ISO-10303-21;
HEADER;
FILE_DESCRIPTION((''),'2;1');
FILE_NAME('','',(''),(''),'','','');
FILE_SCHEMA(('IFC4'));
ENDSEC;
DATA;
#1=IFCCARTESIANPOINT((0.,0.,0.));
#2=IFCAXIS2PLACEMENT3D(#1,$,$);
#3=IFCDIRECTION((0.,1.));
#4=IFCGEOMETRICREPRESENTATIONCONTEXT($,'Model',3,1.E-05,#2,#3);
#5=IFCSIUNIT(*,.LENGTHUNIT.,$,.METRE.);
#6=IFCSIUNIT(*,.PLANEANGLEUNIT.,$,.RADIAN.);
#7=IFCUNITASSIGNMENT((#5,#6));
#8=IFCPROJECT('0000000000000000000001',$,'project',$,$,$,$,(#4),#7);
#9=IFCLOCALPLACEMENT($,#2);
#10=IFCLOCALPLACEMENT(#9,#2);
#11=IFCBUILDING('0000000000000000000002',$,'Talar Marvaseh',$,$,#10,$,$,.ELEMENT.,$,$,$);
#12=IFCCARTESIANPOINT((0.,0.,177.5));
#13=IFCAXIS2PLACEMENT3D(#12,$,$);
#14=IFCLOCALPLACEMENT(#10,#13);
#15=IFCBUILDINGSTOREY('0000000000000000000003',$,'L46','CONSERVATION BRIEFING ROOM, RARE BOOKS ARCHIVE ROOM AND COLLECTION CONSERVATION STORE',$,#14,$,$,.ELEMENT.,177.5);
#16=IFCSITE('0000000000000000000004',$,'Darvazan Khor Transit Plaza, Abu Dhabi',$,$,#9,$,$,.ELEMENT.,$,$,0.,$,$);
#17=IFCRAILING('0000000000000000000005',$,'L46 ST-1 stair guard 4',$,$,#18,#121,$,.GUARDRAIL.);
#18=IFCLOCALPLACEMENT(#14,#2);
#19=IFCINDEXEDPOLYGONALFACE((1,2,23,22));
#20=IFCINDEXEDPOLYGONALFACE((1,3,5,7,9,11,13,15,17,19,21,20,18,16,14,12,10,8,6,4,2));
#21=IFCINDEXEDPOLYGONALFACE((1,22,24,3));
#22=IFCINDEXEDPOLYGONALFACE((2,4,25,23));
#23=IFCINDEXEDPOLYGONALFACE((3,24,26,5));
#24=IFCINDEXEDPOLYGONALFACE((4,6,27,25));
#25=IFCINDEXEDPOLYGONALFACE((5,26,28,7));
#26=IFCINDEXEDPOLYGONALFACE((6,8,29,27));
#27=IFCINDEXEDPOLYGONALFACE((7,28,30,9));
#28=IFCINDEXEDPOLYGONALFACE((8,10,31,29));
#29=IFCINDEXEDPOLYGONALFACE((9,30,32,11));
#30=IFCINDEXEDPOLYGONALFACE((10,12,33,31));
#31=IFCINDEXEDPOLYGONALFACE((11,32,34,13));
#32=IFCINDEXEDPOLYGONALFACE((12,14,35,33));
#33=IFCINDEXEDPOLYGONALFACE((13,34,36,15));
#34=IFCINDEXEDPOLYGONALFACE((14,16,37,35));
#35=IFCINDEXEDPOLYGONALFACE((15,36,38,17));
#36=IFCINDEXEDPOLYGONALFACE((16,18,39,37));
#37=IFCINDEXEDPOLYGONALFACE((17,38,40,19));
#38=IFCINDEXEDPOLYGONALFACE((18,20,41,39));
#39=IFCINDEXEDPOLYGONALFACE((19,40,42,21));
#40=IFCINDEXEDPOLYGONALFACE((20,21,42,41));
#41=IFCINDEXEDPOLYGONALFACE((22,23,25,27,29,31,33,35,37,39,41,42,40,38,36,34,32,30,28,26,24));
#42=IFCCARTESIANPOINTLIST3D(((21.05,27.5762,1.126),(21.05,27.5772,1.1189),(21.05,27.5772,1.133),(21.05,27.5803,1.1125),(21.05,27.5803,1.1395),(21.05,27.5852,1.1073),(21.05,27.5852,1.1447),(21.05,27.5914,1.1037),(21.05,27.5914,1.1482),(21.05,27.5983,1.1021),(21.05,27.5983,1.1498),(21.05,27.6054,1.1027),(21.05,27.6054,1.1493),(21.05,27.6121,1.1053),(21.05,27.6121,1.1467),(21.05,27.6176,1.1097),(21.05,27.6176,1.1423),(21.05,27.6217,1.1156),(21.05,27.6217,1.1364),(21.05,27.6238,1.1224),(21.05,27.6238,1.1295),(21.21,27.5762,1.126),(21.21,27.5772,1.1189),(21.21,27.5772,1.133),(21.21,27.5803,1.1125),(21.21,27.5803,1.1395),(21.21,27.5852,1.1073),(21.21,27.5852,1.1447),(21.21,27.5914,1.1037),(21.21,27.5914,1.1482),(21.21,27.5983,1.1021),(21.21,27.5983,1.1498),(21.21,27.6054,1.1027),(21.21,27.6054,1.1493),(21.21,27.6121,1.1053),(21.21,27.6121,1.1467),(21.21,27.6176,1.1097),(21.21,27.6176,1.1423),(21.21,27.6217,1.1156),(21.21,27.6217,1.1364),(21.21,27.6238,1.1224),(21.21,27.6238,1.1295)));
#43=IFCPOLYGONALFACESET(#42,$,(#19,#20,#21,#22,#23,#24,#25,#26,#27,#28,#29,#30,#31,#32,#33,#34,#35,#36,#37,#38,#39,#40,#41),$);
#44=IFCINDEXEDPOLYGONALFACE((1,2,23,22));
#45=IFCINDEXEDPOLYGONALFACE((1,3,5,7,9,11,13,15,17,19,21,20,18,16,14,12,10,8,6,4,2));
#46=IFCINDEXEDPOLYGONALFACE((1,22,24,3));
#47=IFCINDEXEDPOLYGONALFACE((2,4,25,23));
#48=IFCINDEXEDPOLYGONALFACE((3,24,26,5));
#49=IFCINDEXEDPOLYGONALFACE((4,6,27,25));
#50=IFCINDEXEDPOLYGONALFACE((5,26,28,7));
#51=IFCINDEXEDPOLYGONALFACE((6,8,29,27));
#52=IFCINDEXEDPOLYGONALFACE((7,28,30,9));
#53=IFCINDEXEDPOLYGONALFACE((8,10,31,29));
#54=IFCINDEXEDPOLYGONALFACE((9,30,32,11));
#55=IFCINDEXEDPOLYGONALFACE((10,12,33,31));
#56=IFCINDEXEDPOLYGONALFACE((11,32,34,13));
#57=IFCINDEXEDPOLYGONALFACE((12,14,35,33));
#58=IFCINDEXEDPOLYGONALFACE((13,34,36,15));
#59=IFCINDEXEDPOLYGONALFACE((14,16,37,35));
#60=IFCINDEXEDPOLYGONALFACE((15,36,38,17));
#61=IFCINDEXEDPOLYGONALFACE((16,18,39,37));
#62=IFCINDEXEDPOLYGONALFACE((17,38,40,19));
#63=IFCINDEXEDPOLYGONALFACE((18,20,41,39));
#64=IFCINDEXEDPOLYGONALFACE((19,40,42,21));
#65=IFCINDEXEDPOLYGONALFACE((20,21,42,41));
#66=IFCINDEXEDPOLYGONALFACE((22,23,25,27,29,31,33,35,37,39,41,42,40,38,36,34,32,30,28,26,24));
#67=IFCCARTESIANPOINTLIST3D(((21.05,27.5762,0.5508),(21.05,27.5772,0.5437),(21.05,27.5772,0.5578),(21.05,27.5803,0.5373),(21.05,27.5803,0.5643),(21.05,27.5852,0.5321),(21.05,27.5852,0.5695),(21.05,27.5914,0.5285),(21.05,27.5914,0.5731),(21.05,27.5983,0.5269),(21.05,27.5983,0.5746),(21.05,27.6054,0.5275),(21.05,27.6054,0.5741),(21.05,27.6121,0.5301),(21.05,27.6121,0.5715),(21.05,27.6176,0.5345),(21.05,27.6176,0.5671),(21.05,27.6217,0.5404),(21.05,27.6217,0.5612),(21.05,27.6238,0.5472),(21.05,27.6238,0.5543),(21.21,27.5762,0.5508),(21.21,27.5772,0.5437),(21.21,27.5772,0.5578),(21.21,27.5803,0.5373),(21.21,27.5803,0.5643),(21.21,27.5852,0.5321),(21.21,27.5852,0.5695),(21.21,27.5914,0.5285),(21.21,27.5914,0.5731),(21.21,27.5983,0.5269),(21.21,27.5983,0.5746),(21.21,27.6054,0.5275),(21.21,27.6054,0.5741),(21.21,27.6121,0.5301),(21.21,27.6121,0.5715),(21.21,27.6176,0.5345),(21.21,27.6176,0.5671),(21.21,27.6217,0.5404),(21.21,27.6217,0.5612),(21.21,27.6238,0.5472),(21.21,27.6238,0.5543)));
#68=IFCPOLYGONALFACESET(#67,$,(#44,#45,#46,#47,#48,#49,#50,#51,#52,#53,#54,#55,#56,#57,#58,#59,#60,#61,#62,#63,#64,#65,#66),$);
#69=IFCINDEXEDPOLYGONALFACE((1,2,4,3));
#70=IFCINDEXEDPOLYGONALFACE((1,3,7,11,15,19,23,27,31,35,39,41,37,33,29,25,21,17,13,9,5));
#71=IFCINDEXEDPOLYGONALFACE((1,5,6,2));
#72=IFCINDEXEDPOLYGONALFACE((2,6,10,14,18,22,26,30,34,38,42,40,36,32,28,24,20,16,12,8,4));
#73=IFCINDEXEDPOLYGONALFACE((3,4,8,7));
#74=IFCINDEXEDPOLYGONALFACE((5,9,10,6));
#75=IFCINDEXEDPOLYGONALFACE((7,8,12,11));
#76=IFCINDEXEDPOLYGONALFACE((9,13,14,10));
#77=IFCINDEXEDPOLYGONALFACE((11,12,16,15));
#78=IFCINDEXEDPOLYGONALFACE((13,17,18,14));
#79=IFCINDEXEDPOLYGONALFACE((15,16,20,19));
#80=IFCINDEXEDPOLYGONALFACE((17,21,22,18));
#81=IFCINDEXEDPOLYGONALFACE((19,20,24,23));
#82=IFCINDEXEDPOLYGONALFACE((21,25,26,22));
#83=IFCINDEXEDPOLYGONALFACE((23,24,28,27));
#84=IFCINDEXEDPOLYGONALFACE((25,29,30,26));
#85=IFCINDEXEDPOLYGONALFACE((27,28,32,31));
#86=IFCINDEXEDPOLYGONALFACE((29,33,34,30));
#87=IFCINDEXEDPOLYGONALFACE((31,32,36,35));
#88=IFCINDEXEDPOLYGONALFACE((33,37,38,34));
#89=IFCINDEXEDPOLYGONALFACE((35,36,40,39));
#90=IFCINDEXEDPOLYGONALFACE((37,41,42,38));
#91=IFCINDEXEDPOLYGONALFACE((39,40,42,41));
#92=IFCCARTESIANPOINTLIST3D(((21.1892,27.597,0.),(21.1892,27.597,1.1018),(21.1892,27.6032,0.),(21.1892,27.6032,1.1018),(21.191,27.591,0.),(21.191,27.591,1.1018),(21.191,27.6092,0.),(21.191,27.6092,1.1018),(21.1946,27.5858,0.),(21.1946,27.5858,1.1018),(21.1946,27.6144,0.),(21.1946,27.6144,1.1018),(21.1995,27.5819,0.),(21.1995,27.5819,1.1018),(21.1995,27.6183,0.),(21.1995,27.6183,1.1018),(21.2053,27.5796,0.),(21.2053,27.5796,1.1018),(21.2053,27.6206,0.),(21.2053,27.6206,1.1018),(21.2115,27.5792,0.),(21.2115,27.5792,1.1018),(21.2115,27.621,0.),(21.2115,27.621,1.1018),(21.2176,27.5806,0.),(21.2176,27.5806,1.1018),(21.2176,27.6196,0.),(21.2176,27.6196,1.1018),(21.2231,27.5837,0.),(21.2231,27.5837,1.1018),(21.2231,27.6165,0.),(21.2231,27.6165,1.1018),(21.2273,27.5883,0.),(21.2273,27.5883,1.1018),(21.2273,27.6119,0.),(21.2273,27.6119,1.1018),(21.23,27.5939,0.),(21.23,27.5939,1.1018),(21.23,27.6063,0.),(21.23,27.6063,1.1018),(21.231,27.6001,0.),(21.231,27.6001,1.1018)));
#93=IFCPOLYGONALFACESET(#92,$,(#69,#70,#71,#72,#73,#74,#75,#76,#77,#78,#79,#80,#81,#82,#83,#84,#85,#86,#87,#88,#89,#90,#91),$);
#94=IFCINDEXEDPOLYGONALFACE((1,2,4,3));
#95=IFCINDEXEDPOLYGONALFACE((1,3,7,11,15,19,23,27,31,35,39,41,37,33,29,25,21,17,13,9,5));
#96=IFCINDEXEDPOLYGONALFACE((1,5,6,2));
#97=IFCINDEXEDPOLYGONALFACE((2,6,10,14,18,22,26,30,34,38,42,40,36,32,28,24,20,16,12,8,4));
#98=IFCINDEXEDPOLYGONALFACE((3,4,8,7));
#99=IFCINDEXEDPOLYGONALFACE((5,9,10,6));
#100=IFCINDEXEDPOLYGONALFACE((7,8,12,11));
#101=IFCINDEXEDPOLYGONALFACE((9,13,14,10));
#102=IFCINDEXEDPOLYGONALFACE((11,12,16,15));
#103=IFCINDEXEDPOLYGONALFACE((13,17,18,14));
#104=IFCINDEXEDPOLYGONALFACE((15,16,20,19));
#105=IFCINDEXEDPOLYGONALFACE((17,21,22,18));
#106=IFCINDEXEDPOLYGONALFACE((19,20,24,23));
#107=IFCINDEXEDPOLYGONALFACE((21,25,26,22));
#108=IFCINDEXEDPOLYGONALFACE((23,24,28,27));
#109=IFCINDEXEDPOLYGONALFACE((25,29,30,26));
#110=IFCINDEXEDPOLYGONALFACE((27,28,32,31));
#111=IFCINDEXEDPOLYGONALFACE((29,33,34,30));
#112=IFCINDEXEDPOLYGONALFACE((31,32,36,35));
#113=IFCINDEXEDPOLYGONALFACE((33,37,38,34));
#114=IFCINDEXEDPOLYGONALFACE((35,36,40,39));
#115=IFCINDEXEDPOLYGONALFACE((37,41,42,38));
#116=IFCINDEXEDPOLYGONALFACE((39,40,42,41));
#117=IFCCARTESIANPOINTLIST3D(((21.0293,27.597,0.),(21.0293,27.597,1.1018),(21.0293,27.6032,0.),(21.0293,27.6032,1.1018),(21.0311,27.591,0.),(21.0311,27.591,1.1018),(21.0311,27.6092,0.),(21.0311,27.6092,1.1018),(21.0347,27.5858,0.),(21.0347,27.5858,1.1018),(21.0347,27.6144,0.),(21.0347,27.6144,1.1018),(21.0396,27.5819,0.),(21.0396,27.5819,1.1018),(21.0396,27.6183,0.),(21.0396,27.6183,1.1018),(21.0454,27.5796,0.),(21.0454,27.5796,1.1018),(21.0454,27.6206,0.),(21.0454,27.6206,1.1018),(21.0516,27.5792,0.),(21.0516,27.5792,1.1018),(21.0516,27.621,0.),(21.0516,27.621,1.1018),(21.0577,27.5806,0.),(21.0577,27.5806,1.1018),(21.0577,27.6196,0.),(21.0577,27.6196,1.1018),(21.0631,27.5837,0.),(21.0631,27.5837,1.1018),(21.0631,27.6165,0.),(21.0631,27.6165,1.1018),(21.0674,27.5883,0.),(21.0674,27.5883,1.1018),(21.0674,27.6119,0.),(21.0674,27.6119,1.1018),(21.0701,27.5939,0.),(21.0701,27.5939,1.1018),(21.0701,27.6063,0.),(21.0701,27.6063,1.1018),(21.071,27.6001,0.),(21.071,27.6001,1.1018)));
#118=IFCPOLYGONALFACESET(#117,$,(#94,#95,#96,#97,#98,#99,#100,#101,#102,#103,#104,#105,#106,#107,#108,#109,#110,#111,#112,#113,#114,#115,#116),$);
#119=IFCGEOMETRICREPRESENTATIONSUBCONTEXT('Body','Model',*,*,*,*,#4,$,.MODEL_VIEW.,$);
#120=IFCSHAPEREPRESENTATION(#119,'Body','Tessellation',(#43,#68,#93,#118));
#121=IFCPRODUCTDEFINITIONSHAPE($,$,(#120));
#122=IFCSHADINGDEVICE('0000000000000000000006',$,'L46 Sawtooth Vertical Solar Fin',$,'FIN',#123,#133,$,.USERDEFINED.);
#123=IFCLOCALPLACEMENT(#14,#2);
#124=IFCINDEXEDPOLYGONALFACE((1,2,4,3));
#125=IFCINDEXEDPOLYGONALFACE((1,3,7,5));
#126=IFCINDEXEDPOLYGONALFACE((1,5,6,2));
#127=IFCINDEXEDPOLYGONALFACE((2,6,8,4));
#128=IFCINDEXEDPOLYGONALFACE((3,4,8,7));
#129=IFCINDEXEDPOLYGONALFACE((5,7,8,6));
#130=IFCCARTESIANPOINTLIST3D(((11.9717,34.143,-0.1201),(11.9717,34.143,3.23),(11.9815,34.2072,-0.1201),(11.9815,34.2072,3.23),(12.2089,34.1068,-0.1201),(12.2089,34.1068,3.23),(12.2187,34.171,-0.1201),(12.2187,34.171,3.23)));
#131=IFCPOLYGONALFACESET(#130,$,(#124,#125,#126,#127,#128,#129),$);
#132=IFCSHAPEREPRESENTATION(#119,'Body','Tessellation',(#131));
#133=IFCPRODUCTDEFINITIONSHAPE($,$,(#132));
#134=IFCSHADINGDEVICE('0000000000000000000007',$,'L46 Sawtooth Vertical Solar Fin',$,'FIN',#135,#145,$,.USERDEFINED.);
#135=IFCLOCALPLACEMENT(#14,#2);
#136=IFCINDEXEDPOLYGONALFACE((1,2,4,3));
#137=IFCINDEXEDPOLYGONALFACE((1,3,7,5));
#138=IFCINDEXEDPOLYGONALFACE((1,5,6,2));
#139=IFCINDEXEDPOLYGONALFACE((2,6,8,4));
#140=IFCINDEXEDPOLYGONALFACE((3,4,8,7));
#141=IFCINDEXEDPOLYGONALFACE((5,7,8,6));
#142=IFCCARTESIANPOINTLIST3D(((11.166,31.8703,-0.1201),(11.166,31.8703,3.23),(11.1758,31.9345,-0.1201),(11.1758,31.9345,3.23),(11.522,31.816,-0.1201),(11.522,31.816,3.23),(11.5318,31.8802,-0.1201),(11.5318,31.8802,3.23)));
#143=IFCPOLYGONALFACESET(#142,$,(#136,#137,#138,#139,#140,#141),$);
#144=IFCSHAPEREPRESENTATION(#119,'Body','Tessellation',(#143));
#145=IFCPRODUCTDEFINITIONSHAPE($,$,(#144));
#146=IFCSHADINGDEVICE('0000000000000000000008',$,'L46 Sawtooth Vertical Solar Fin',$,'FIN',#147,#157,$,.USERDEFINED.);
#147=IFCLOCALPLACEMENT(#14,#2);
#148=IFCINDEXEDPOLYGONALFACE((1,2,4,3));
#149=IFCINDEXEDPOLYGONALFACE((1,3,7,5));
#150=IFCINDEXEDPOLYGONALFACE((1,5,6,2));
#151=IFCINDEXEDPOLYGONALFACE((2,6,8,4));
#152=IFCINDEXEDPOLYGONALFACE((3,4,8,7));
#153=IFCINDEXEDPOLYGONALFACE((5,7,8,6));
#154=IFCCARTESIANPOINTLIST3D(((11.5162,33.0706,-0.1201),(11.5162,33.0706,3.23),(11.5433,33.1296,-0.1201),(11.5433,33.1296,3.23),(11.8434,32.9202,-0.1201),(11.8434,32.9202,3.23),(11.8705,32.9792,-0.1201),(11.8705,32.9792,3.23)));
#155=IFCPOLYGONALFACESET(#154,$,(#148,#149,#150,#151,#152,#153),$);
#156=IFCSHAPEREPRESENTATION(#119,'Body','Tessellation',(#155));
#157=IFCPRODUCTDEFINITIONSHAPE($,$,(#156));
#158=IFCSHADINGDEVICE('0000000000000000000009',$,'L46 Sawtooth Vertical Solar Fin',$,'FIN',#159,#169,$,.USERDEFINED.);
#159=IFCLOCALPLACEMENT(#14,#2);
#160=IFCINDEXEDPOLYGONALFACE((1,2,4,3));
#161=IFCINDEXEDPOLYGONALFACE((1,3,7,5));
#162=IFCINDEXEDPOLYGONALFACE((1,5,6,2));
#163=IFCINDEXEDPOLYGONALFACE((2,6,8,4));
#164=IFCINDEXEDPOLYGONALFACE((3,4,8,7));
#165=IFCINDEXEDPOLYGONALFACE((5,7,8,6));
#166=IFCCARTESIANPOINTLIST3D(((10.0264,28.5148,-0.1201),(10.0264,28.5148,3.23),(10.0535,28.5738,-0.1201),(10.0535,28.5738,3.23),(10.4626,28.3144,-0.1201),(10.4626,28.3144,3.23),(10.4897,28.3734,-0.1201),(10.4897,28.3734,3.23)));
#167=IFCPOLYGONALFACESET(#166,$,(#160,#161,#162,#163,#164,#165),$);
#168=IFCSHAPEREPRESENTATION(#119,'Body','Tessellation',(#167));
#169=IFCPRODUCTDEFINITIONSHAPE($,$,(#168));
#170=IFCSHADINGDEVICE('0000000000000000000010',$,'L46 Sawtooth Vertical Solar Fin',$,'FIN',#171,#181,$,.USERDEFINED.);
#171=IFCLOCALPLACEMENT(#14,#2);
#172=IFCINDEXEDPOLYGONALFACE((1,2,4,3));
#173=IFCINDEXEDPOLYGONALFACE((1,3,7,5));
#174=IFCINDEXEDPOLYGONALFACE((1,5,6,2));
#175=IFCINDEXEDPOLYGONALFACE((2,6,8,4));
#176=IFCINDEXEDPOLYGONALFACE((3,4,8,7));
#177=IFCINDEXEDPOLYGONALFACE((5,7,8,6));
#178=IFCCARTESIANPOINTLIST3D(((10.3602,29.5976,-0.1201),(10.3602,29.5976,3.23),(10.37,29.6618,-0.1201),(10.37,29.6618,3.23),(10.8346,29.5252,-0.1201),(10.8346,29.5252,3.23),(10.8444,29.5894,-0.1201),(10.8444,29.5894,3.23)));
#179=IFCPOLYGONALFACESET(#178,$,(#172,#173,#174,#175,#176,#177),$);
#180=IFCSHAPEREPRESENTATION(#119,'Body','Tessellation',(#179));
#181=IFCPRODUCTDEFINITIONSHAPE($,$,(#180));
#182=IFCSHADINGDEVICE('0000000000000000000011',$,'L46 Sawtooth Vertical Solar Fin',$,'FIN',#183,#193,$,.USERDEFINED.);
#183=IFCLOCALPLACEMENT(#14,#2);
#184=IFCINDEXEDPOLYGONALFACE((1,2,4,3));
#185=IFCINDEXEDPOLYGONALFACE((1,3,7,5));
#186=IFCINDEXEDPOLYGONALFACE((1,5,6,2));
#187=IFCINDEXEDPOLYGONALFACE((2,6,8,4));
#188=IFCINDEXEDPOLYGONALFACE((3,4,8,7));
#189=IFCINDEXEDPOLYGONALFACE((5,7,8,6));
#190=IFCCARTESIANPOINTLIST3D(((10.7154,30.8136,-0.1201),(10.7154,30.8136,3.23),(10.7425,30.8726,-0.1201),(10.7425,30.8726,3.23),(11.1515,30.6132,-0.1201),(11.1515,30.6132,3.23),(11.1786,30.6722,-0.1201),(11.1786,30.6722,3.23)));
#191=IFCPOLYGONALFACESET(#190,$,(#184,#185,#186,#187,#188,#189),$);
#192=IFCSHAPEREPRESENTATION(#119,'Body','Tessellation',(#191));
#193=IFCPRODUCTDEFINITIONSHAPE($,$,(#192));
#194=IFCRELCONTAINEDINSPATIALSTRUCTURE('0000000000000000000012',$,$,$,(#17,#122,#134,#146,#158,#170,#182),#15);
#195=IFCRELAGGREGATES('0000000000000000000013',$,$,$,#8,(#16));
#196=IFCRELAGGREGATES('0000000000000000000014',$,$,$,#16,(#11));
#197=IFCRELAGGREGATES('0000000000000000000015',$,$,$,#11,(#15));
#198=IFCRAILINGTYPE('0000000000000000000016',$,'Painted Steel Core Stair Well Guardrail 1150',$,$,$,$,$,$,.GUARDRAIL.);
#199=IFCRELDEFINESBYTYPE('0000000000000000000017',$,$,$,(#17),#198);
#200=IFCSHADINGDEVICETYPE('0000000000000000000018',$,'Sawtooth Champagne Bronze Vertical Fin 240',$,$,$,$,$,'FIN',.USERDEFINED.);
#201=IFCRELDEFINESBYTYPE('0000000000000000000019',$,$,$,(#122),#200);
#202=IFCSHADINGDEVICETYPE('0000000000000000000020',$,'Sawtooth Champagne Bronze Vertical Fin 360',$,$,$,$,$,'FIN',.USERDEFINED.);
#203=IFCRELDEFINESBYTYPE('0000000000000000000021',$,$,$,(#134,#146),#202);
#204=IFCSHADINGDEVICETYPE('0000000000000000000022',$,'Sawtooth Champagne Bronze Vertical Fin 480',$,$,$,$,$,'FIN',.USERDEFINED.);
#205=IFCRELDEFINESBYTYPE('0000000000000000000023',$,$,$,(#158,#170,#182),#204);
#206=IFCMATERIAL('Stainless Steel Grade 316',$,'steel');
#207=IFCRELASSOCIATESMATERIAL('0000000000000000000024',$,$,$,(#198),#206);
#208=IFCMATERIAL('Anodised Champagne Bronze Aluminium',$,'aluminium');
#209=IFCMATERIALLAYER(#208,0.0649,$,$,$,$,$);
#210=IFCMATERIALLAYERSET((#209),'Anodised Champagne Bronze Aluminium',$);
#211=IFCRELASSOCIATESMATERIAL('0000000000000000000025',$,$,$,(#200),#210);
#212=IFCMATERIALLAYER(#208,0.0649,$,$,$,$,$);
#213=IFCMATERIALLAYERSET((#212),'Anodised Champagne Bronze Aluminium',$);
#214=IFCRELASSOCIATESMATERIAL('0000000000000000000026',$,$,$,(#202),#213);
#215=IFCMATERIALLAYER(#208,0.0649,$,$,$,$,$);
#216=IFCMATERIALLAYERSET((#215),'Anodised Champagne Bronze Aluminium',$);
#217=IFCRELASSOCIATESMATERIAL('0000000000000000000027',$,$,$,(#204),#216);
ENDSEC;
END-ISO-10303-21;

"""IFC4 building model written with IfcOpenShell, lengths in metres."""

from ifc_helpers import new_model, si_unit, direction, frame, origin, origin_2d, place, context, subcontext, project, spatial, rectangle, circle, extrude, source, transform, mapped, material, layer, layer_set, type_object, type_shapes, element, save


model = new_model("IFC4")

# Units and contexts
model_context = context("Model", 3, precision=1e-05, world=origin(), true_north=direction((0.0, 1.0)))
body_context = subcontext(model_context, "Body", "Model", "MODEL_VIEW")
ifc_project = project(units=[si_unit("LENGTHUNIT", "METRE"), si_unit("PLANEANGLEUNIT", "RADIAN")], contexts=[model_context])

# Site, building, storey
site_placement = place(None, origin())
site = spatial("IfcSite", under=ifc_project, at=site_placement, Name="Darvazan Khor Transit Plaza, Abu Dhabi", CompositionType="ELEMENT", RefElevation=0.0)
building_placement = place(site_placement, origin())
building = spatial("IfcBuilding", under=site, at=building_placement, Name="Talar Marvaseh", CompositionType="ELEMENT")
storey_placement = place(building_placement, frame((0.0, 0.0, 177.5)))
storey = spatial("IfcBuildingStorey", under=building, at=storey_placement, Name="L46", Description="CONSERVATION BRIEFING ROOM, RARE BOOKS ARCHIVE ROOM AND COLLECTION CONSERVATION STORE", CompositionType="ELEMENT", Elevation=177.5)

# Railing
ifc_material_1 = material(Name="Stainless Steel Grade 316", Category="steel")
railing_type_1 = type_object("IfcRailingType", Name="Painted Steel Core Stair Well Guardrail 1150", PredefinedType="GUARDRAIL", material=ifc_material_1)
railing_1_placement = place(storey_placement, frame((21.21, 27.6001, 0.0)))
element("IfcRailing", 1, at=railing_1_placement, inside=storey, type_object=railing_type_1, Name="L46 ST-1 stair guard 4", PredefinedType="GUARDRAIL", context=body_context, shape_type="SweptSolid", body=[
    extrude(circle(Radius=0.0239, at=origin_2d()), frame((0.0, 0.0, 1.126), z_axis=(-1.0, 0.0, 0.0), x_axis=(0.0, -1.0, 0.0)), (0.0, 0.0, 1.0), 0.1599),
    extrude(circle(Radius=0.0239, at=origin_2d()), frame((0.0, 0.0, 0.5508), z_axis=(-1.0, 0.0, 0.0), x_axis=(0.0, -1.0, 0.0)), (0.0, 0.0, 1.0), 0.1599),
    extrude(circle(Radius=0.021, at=origin_2d()), origin(), (0.0, 0.0, 1.0), 1.1018),
    extrude(circle(Radius=0.021, at=origin_2d()), frame((-0.1599, 0.0, 0.0)), (0.0, 0.0, 1.0), 1.1018),
])

# Shading devices
ifc_material_2 = material(Name="Anodised Champagne Bronze Aluminium", Category="aluminium")
ifc_layer_1 = layer(ifc_material_2, 0.0649)
ifc_layer_set_1 = layer_set([ifc_layer_1], Name="Anodised Champagne Bronze Aluminium")
shading_device_type_1 = type_object("IfcShadingDeviceType", Name="Sawtooth Champagne Bronze Vertical Fin 240", ElementType="FIN", PredefinedType="USERDEFINED", material=ifc_layer_set_1)
shared_shape_1 = source(origin(), body_context, "Body", "SweptSolid", [
    extrude(rectangle(XDim=0.24, YDim=0.0649, at=origin_2d()), origin(), (0.0, 0.0, 1.0), 3.3501),
])
type_shapes(shading_device_type_1, [shared_shape_1])
shading_device_1_placement = place(storey_placement, frame((12.0952, 34.157, -0.1201), z_axis=(0.0, 0.0, 1.0), x_axis=(-0.988547, 0.150916, 0.0)))
element("IfcShadingDevice", 2, at=shading_device_1_placement, inside=storey, type_object=shading_device_type_1, Name="L46 Sawtooth Vertical Solar Fin", ObjectType="FIN", PredefinedType="USERDEFINED", context=body_context, shape_type="MappedRepresentation", body=[
    mapped(shared_shape_1, transform((0.0, 0.0, 0.0), x_axis=(1.0, 0.0, 0.0), y_axis=(0.0, 1.0, 0.0), z_axis=(0.0, 0.0, 1.0), scale=1.0)),
])
ifc_layer_2 = layer(ifc_material_2, 0.0649)
ifc_layer_set_2 = layer_set([ifc_layer_2], Name="Anodised Champagne Bronze Aluminium")
shading_device_type_2 = type_object("IfcShadingDeviceType", Name="Sawtooth Champagne Bronze Vertical Fin 360", ElementType="FIN", PredefinedType="USERDEFINED", material=ifc_layer_set_2)
shared_shape_2 = source(origin(), body_context, "Body", "SweptSolid", [
    extrude(rectangle(XDim=0.3601, YDim=0.0649, at=origin_2d()), origin(), (0.0, 0.0, 1.0), 3.3501),
])
type_shapes(shading_device_type_2, [shared_shape_2])
for number, where, z_axis, x_axis, name in (
    (3, (11.3489, 31.8752, -0.1201), (0.0, 0.0, 1.0), (-0.988547, 0.150916, 0.0), "L46 Sawtooth Vertical Solar Fin"),
    (4, (11.6934, 33.0249, -0.1201), (0.0, 0.0, 1.0), (-0.908654, 0.41755, 0.0), "L46 Sawtooth Vertical Solar Fin"),
):
    element("IfcShadingDevice", number, at=place(storey_placement, frame(where, z_axis=z_axis, x_axis=x_axis)), inside=storey, type_object=shading_device_type_2, Name=name, ObjectType="FIN", PredefinedType="USERDEFINED", context=body_context, shape_type="MappedRepresentation", body=[
        mapped(shared_shape_2, transform((0.0, 0.0, 0.0), x_axis=(1.0, 0.0, 0.0), y_axis=(0.0, 1.0, 0.0), z_axis=(0.0, 0.0, 1.0), scale=1.0)),
    ])
ifc_layer_3 = layer(ifc_material_2, 0.0649)
ifc_layer_set_3 = layer_set([ifc_layer_3], Name="Anodised Champagne Bronze Aluminium")
shading_device_type_3 = type_object("IfcShadingDeviceType", Name="Sawtooth Champagne Bronze Vertical Fin 480", ElementType="FIN", PredefinedType="USERDEFINED", material=ifc_layer_set_3)
shared_shape_3 = source(origin(), body_context, "Body", "SweptSolid", [
    extrude(rectangle(XDim=0.48, YDim=0.0649, at=origin_2d()), origin(), (0.0, 0.0, 1.0), 3.3501),
])
type_shapes(shading_device_type_3, [shared_shape_3])
for number, where, z_axis, x_axis, name in (
    (5, (10.2581, 28.4441, -0.1201), (0.0, 0.0, 1.0), (-0.908654, 0.41755, 0.0), "L46 Sawtooth Vertical Solar Fin"),
    (6, (10.6023, 29.5935, -0.1201), (0.0, 0.0, 1.0), (-0.988547, 0.150916, 0.0), "L46 Sawtooth Vertical Solar Fin"),
    (7, (10.947, 30.7429, -0.1201), (0.0, 0.0, 1.0), (-0.908654, 0.41755, 0.0), "L46 Sawtooth Vertical Solar Fin"),
):
    element("IfcShadingDevice", number, at=place(storey_placement, frame(where, z_axis=z_axis, x_axis=x_axis)), inside=storey, type_object=shading_device_type_3, Name=name, ObjectType="FIN", PredefinedType="USERDEFINED", context=body_context, shape_type="MappedRepresentation", body=[
        mapped(shared_shape_3, transform((0.0, 0.0, 0.0), x_axis=(1.0, 0.0, 0.0), y_axis=(0.0, 1.0, 0.0), z_axis=(0.0, 0.0, 1.0), scale=1.0)),
    ])

save(model, "model.ifc")
